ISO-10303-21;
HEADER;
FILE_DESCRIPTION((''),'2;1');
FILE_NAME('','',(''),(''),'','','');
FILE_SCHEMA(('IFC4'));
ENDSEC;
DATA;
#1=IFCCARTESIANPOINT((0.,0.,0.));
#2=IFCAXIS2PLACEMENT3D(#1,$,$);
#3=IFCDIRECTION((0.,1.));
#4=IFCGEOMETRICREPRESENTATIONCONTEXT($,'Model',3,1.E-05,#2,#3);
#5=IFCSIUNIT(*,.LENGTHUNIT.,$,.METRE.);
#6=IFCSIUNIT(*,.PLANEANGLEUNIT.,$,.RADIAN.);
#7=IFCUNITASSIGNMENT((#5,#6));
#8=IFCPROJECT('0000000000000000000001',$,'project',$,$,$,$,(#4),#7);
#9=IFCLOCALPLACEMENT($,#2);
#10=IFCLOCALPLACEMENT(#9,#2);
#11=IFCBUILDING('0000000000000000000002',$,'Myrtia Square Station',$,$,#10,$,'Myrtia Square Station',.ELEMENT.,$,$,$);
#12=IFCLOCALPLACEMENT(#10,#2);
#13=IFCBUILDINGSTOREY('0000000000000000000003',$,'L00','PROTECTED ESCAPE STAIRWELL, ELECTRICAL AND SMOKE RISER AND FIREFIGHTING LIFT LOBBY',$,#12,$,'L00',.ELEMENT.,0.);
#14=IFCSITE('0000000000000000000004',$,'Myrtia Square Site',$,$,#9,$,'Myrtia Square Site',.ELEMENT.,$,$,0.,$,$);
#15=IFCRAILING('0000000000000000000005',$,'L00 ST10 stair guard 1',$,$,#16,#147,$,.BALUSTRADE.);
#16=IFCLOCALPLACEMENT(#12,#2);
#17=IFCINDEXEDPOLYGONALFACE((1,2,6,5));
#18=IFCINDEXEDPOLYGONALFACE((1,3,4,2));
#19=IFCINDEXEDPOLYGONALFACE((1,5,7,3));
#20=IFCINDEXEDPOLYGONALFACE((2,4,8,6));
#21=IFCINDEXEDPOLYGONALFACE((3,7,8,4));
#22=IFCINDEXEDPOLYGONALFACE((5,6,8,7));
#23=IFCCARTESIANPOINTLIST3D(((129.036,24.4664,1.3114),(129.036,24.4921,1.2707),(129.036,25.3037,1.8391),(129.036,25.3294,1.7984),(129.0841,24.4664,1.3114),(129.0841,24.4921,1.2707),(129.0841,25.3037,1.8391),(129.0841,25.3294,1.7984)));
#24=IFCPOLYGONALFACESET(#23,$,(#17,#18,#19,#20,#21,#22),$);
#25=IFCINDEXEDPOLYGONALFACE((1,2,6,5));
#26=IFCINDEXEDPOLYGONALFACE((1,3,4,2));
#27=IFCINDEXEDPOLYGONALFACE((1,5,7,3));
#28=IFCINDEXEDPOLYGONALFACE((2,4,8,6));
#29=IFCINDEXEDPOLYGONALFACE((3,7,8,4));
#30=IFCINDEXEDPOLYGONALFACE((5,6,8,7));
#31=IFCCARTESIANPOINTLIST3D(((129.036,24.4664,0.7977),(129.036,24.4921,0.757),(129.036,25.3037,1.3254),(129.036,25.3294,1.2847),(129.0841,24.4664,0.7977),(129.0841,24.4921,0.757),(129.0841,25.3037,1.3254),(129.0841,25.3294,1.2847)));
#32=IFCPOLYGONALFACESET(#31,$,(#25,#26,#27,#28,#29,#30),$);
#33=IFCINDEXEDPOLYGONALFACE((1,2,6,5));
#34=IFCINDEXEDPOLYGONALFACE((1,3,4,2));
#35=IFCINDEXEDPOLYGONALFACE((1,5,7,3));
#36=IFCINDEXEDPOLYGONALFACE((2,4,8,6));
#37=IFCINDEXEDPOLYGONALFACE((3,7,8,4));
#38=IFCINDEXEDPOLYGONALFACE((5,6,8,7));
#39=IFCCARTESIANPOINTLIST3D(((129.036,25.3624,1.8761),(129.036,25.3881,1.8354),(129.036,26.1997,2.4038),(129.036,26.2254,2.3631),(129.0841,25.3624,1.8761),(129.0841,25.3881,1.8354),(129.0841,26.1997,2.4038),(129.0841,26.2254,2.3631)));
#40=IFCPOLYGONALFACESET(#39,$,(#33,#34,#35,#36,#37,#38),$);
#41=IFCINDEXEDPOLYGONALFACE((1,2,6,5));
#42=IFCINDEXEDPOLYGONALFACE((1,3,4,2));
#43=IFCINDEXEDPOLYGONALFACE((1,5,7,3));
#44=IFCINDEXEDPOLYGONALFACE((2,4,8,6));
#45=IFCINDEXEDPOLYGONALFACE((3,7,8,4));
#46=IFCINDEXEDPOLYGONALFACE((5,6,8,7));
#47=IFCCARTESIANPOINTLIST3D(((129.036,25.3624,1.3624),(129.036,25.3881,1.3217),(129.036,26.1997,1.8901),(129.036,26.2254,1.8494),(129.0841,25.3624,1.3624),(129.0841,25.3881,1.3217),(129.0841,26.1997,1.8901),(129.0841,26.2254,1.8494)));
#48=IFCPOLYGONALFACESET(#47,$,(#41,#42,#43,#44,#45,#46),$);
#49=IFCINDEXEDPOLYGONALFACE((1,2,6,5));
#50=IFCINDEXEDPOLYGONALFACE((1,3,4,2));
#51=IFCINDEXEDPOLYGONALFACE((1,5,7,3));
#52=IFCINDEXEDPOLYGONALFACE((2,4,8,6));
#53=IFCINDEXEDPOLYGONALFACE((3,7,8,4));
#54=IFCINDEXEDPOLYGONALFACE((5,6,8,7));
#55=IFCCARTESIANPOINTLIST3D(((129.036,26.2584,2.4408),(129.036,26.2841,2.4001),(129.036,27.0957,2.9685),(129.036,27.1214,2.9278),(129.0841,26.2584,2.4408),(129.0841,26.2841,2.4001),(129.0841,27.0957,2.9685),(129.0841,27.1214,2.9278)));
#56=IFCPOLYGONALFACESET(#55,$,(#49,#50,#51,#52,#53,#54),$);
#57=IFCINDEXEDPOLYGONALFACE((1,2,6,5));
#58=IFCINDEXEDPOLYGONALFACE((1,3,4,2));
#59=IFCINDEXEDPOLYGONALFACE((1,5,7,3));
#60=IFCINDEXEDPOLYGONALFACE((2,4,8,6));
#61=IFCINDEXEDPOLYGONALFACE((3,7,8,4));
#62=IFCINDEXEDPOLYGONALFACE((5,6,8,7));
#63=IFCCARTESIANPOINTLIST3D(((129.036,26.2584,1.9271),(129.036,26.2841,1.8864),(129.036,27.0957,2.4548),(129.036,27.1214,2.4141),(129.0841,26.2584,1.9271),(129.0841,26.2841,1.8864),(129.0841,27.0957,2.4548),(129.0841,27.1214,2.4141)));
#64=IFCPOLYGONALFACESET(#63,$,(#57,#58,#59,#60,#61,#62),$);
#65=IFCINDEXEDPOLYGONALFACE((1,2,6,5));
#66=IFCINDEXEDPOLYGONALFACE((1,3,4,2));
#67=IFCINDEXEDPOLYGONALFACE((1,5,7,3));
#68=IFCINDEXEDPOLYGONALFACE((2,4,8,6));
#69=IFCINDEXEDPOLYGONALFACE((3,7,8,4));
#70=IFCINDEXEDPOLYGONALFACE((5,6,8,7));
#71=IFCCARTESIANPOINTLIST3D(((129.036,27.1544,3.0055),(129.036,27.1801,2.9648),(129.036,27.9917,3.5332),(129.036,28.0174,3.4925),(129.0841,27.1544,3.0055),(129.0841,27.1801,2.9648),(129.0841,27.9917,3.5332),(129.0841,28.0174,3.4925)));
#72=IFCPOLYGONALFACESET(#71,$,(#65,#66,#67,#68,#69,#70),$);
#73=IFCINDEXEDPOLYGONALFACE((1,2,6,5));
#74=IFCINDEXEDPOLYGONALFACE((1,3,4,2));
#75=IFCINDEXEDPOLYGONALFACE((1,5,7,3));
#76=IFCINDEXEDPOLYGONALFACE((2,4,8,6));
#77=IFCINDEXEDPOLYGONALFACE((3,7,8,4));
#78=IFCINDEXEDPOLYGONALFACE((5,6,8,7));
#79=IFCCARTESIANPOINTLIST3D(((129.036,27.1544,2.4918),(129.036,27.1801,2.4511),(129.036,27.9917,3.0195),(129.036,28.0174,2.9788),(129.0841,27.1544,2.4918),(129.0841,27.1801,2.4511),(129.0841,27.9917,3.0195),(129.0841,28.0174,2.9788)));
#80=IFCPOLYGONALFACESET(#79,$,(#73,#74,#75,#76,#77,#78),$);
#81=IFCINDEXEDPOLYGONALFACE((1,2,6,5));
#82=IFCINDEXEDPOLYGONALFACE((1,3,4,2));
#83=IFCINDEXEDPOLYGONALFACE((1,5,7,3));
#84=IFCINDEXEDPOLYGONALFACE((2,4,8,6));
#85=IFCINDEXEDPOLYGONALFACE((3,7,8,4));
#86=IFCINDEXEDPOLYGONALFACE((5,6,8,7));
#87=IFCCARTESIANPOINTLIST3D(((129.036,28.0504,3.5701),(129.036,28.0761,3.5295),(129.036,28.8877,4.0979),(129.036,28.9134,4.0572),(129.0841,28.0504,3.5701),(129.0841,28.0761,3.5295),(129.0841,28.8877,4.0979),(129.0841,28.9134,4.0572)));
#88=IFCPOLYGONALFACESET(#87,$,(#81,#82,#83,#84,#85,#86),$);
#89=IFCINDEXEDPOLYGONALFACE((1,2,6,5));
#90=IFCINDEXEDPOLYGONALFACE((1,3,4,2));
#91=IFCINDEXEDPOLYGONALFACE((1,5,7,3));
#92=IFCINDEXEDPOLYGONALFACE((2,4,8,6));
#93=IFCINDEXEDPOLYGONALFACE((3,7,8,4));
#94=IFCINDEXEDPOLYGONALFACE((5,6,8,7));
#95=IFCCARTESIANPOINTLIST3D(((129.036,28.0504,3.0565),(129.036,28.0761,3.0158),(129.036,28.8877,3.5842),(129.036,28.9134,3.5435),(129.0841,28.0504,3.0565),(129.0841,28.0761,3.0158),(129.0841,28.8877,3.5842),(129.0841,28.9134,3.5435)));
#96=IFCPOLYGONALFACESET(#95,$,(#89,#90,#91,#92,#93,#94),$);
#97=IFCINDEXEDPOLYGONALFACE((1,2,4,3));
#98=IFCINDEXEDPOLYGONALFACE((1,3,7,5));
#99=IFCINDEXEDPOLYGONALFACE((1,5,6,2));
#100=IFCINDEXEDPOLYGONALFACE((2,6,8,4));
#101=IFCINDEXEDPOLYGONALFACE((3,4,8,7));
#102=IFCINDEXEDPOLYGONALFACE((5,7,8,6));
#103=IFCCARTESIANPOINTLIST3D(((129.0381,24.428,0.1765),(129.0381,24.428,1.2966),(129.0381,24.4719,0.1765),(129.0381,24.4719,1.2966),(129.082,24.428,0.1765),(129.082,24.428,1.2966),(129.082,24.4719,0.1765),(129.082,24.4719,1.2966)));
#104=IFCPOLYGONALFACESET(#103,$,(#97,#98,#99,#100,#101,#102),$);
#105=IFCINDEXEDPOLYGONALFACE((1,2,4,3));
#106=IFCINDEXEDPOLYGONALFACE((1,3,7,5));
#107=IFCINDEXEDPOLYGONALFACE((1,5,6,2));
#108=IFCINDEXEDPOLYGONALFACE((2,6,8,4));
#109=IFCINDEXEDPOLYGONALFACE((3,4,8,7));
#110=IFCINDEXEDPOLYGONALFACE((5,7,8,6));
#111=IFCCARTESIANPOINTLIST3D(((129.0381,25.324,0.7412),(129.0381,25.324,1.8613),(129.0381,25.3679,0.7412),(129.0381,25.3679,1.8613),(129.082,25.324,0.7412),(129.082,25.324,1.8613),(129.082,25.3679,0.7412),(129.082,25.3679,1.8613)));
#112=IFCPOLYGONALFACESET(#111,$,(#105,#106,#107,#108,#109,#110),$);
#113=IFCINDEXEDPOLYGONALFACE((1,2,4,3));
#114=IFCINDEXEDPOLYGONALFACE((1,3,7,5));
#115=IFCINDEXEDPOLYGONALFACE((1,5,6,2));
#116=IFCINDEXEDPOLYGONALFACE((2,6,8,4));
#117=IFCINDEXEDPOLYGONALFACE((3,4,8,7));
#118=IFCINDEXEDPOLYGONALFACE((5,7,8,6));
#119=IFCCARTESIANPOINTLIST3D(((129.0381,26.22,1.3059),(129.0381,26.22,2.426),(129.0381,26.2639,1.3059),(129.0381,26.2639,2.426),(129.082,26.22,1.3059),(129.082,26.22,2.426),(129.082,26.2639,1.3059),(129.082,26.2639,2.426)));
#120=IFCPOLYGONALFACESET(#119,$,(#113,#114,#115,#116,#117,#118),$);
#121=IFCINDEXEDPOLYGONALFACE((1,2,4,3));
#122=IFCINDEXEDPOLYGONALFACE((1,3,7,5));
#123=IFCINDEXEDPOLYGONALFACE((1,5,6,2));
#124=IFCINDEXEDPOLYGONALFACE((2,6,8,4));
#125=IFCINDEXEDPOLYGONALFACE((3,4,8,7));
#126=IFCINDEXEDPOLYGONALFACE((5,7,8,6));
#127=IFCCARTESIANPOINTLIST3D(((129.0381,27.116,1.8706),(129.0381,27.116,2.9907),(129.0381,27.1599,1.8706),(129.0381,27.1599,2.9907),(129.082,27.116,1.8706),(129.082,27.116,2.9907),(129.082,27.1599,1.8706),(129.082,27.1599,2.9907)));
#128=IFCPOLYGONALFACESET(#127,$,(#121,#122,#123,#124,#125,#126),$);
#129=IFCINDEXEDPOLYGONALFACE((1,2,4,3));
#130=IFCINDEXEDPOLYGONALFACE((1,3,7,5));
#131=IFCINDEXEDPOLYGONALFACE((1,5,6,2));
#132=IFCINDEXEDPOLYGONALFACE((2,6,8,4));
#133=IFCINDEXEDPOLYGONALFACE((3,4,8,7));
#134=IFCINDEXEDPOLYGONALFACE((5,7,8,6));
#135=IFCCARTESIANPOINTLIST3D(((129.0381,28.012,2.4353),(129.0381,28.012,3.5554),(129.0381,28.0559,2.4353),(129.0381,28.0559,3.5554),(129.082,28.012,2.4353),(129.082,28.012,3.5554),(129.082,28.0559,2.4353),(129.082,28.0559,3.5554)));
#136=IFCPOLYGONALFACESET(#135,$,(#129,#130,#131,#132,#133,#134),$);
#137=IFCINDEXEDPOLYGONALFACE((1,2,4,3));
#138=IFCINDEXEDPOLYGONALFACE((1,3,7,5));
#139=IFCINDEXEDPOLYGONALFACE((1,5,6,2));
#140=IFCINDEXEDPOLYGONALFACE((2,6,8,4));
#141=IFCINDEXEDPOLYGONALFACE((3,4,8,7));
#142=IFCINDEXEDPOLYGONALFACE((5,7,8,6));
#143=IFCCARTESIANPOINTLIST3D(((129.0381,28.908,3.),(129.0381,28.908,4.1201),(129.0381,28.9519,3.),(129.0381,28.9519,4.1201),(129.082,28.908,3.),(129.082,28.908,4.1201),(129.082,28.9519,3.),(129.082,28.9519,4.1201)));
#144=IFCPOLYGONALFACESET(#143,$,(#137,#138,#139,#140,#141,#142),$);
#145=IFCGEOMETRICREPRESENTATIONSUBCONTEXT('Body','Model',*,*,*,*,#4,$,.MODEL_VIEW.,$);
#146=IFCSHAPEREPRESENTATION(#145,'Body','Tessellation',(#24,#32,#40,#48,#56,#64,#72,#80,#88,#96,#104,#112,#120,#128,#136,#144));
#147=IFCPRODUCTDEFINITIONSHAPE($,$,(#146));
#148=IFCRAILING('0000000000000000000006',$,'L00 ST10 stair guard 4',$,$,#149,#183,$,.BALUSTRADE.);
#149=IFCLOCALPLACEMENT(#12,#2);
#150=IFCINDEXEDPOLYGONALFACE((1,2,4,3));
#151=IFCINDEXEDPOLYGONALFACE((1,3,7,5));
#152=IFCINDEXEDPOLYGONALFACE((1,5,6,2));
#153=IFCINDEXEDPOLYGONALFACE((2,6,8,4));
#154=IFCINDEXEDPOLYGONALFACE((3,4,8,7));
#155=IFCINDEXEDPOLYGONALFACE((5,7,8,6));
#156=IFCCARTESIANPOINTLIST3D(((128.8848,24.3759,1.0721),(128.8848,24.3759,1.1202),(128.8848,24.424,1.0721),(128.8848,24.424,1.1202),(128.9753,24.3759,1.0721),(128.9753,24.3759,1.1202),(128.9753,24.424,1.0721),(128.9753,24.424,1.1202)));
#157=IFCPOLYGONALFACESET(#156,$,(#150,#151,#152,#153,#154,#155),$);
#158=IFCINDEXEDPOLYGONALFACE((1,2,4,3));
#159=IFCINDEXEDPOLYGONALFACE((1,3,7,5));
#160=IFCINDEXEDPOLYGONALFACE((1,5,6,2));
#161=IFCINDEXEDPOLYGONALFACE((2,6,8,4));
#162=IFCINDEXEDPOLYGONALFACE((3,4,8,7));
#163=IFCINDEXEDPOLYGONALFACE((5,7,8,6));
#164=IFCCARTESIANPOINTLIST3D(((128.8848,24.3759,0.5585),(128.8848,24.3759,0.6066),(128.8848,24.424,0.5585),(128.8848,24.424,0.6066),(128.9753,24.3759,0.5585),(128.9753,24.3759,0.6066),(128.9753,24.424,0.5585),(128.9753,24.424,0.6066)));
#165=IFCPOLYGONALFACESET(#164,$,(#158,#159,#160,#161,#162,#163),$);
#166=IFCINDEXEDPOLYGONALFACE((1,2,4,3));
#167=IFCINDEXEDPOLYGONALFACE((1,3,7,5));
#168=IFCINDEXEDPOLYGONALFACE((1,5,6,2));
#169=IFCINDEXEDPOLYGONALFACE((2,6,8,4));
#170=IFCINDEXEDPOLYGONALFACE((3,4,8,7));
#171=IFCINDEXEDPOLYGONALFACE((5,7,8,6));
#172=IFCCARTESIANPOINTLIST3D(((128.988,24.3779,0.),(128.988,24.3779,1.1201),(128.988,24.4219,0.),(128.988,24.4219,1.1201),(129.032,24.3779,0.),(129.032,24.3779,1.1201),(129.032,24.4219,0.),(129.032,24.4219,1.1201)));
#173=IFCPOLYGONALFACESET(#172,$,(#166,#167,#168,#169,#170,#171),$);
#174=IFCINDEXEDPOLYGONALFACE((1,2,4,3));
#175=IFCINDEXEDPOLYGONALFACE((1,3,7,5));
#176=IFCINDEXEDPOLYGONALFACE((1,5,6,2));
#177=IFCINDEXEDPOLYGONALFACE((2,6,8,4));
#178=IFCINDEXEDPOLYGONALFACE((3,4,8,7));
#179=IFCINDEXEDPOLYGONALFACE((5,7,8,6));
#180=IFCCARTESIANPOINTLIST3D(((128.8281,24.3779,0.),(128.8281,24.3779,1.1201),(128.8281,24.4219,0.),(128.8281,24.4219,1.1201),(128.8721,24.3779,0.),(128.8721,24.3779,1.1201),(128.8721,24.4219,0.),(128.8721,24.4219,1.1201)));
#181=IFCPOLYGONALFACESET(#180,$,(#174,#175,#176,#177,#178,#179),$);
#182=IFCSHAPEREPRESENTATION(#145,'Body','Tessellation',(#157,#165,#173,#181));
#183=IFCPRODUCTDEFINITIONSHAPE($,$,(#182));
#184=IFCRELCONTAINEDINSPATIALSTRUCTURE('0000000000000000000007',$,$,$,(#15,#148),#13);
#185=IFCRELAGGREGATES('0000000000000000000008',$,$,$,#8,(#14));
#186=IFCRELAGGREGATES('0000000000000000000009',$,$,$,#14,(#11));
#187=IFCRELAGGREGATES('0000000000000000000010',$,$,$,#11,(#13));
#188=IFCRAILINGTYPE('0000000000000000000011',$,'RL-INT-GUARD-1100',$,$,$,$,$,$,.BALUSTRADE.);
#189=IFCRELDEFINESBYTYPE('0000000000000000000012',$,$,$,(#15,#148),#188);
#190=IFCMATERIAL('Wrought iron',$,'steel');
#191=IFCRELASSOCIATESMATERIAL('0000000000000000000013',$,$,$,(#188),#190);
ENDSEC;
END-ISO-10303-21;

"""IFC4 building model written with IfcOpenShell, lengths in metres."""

from ifc_helpers import new_model, si_unit, direction, frame, origin, origin_2d, place, context, subcontext, project, spatial, rectangle, extrude, material, type_object, element, save


model = new_model("IFC4")

# Units and contexts
model_context = context("Model", 3, precision=1e-05, world=origin(), true_north=direction((0.0, 1.0)))
body_context = subcontext(model_context, "Body", "Model", "MODEL_VIEW")
ifc_project = project(units=[si_unit("LENGTHUNIT", "METRE"), si_unit("PLANEANGLEUNIT", "RADIAN")], contexts=[model_context])

# Site, building, storey
site_placement = place(None, origin())
site = spatial("IfcSite", under=ifc_project, at=site_placement, Name="Myrtia Square Site", LongName="Myrtia Square Site", CompositionType="ELEMENT", RefElevation=0.0)
building_placement = place(site_placement, origin())
building = spatial("IfcBuilding", under=site, at=building_placement, Name="Myrtia Square Station", LongName="Myrtia Square Station", CompositionType="ELEMENT")
storey_placement = place(building_placement, origin())
storey = spatial("IfcBuildingStorey", under=building, at=storey_placement, Name="L00", Description="PROTECTED ESCAPE STAIRWELL, ELECTRICAL AND SMOKE RISER AND FIREFIGHTING LIFT LOBBY", LongName="L00", CompositionType="ELEMENT", Elevation=0.0)

# Railings
ifc_material_1 = material(Name="Wrought iron", Category="steel")
railing_type_1 = type_object("IfcRailingType", Name="RL-INT-GUARD-1100", PredefinedType="BALUSTRADE", material=ifc_material_1)
railing_1_placement = place(storey_placement, frame((129.0601, 24.45, 0.1765)))
element("IfcRailing", 1, at=railing_1_placement, inside=storey, type_object=railing_type_1, Name="L00 ST10 stair guard 1", PredefinedType="BALUSTRADE", context=body_context, shape_type="SweptSolid", body=[
    extrude(rectangle(XDim=0.0481, YDim=0.0481, at=origin_2d()), frame((0.0, 0.0293, 1.1145), z_axis=(0.0, 0.845998, 0.533186), x_axis=(-1.0, 0.0, 0.0)), (0.0, 0.0, 1.0), 0.9897),
    extrude(rectangle(XDim=0.0481, YDim=0.0481, at=origin_2d()), frame((0.0, 0.0293, 0.6008), z_axis=(0.0, 0.845998, 0.533186), x_axis=(-1.0, 0.0, 0.0)), (0.0, 0.0, 1.0), 0.9897),
    extrude(rectangle(XDim=0.0481, YDim=0.0481, at=origin_2d()), frame((0.0, 0.9253, 1.6792), z_axis=(0.0, 0.845998, 0.533186), x_axis=(-1.0, 0.0, 0.0)), (0.0, 0.0, 1.0), 0.9897),
    extrude(rectangle(XDim=0.0481, YDim=0.0481, at=origin_2d()), frame((0.0, 0.9253, 1.1655), z_axis=(0.0, 0.845998, 0.533186), x_axis=(-1.0, 0.0, 0.0)), (0.0, 0.0, 1.0), 0.9897),
    extrude(rectangle(XDim=0.0481, YDim=0.0481, at=origin_2d()), frame((0.0, 1.8213, 2.2439), z_axis=(0.0, 0.845998, 0.533186), x_axis=(-1.0, 0.0, 0.0)), (0.0, 0.0, 1.0), 0.9897),
    extrude(rectangle(XDim=0.0481, YDim=0.0481, at=origin_2d()), frame((0.0, 1.8213, 1.7302), z_axis=(0.0, 0.845998, 0.533186), x_axis=(-1.0, 0.0, 0.0)), (0.0, 0.0, 1.0), 0.9897),
    extrude(rectangle(XDim=0.0481, YDim=0.0481, at=origin_2d()), frame((0.0, 2.7173, 2.8086), z_axis=(0.0, 0.845998, 0.533186), x_axis=(-1.0, 0.0, 0.0)), (0.0, 0.0, 1.0), 0.9897),
    extrude(rectangle(XDim=0.0481, YDim=0.0481, at=origin_2d()), frame((0.0, 2.7173, 2.2949), z_axis=(0.0, 0.845998, 0.533186), x_axis=(-1.0, 0.0, 0.0)), (0.0, 0.0, 1.0), 0.9897),
    extrude(rectangle(XDim=0.0481, YDim=0.0481, at=origin_2d()), frame((0.0, 3.6133, 3.3733), z_axis=(0.0, 0.845998, 0.533186), x_axis=(-1.0, 0.0, 0.0)), (0.0, 0.0, 1.0), 0.9897),
    extrude(rectangle(XDim=0.0481, YDim=0.0481, at=origin_2d()), frame((0.0, 3.6133, 2.8596), z_axis=(0.0, 0.845998, 0.533186), x_axis=(-1.0, 0.0, 0.0)), (0.0, 0.0, 1.0), 0.9897),
    extrude(rectangle(XDim=0.0439, YDim=0.0439, at=origin_2d()), origin(), (0.0, 0.0, 1.0), 1.1201),
    extrude(rectangle(XDim=0.0439, YDim=0.0439, at=origin_2d()), frame((0.0, 0.896, 0.5647)), (0.0, 0.0, 1.0), 1.1201),
    extrude(rectangle(XDim=0.0439, YDim=0.0439, at=origin_2d()), frame((0.0, 1.792, 1.1294)), (0.0, 0.0, 1.0), 1.1201),
    extrude(rectangle(XDim=0.0439, YDim=0.0439, at=origin_2d()), frame((0.0, 2.688, 1.6941)), (0.0, 0.0, 1.0), 1.1201),
    extrude(rectangle(XDim=0.0439, YDim=0.0439, at=origin_2d()), frame((0.0, 3.584, 2.2588)), (0.0, 0.0, 1.0), 1.1201),
    extrude(rectangle(XDim=0.0439, YDim=0.0439, at=origin_2d()), frame((0.0, 4.48, 2.8235)), (0.0, 0.0, 1.0), 1.1201),
])
railing_2_placement = place(storey_placement, frame((129.01, 24.3999, 0.0)))
element("IfcRailing", 2, at=railing_2_placement, inside=storey, type_object=railing_type_1, Name="L00 ST10 stair guard 4", PredefinedType="BALUSTRADE", context=body_context, shape_type="SweptSolid", body=[
    extrude(rectangle(XDim=0.0481, YDim=0.0481, at=origin_2d()), frame((-0.0347, 0.0, 1.0962), z_axis=(-1.0, 0.0, 0.0), x_axis=(0.0, -1.0, 0.0)), (0.0, 0.0, 1.0), 0.0906),
    extrude(rectangle(XDim=0.0481, YDim=0.0481, at=origin_2d()), frame((-0.0347, 0.0, 0.5825), z_axis=(-1.0, 0.0, 0.0), x_axis=(0.0, -1.0, 0.0)), (0.0, 0.0, 1.0), 0.0906),
    extrude(rectangle(XDim=0.0439, YDim=0.0439, at=origin_2d()), origin(), (0.0, 0.0, 1.0), 1.1201),
    extrude(rectangle(XDim=0.0439, YDim=0.0439, at=origin_2d()), frame((-0.1599, 0.0, 0.0)), (0.0, 0.0, 1.0), 1.1201),
])

save(model, "model.ifc")
